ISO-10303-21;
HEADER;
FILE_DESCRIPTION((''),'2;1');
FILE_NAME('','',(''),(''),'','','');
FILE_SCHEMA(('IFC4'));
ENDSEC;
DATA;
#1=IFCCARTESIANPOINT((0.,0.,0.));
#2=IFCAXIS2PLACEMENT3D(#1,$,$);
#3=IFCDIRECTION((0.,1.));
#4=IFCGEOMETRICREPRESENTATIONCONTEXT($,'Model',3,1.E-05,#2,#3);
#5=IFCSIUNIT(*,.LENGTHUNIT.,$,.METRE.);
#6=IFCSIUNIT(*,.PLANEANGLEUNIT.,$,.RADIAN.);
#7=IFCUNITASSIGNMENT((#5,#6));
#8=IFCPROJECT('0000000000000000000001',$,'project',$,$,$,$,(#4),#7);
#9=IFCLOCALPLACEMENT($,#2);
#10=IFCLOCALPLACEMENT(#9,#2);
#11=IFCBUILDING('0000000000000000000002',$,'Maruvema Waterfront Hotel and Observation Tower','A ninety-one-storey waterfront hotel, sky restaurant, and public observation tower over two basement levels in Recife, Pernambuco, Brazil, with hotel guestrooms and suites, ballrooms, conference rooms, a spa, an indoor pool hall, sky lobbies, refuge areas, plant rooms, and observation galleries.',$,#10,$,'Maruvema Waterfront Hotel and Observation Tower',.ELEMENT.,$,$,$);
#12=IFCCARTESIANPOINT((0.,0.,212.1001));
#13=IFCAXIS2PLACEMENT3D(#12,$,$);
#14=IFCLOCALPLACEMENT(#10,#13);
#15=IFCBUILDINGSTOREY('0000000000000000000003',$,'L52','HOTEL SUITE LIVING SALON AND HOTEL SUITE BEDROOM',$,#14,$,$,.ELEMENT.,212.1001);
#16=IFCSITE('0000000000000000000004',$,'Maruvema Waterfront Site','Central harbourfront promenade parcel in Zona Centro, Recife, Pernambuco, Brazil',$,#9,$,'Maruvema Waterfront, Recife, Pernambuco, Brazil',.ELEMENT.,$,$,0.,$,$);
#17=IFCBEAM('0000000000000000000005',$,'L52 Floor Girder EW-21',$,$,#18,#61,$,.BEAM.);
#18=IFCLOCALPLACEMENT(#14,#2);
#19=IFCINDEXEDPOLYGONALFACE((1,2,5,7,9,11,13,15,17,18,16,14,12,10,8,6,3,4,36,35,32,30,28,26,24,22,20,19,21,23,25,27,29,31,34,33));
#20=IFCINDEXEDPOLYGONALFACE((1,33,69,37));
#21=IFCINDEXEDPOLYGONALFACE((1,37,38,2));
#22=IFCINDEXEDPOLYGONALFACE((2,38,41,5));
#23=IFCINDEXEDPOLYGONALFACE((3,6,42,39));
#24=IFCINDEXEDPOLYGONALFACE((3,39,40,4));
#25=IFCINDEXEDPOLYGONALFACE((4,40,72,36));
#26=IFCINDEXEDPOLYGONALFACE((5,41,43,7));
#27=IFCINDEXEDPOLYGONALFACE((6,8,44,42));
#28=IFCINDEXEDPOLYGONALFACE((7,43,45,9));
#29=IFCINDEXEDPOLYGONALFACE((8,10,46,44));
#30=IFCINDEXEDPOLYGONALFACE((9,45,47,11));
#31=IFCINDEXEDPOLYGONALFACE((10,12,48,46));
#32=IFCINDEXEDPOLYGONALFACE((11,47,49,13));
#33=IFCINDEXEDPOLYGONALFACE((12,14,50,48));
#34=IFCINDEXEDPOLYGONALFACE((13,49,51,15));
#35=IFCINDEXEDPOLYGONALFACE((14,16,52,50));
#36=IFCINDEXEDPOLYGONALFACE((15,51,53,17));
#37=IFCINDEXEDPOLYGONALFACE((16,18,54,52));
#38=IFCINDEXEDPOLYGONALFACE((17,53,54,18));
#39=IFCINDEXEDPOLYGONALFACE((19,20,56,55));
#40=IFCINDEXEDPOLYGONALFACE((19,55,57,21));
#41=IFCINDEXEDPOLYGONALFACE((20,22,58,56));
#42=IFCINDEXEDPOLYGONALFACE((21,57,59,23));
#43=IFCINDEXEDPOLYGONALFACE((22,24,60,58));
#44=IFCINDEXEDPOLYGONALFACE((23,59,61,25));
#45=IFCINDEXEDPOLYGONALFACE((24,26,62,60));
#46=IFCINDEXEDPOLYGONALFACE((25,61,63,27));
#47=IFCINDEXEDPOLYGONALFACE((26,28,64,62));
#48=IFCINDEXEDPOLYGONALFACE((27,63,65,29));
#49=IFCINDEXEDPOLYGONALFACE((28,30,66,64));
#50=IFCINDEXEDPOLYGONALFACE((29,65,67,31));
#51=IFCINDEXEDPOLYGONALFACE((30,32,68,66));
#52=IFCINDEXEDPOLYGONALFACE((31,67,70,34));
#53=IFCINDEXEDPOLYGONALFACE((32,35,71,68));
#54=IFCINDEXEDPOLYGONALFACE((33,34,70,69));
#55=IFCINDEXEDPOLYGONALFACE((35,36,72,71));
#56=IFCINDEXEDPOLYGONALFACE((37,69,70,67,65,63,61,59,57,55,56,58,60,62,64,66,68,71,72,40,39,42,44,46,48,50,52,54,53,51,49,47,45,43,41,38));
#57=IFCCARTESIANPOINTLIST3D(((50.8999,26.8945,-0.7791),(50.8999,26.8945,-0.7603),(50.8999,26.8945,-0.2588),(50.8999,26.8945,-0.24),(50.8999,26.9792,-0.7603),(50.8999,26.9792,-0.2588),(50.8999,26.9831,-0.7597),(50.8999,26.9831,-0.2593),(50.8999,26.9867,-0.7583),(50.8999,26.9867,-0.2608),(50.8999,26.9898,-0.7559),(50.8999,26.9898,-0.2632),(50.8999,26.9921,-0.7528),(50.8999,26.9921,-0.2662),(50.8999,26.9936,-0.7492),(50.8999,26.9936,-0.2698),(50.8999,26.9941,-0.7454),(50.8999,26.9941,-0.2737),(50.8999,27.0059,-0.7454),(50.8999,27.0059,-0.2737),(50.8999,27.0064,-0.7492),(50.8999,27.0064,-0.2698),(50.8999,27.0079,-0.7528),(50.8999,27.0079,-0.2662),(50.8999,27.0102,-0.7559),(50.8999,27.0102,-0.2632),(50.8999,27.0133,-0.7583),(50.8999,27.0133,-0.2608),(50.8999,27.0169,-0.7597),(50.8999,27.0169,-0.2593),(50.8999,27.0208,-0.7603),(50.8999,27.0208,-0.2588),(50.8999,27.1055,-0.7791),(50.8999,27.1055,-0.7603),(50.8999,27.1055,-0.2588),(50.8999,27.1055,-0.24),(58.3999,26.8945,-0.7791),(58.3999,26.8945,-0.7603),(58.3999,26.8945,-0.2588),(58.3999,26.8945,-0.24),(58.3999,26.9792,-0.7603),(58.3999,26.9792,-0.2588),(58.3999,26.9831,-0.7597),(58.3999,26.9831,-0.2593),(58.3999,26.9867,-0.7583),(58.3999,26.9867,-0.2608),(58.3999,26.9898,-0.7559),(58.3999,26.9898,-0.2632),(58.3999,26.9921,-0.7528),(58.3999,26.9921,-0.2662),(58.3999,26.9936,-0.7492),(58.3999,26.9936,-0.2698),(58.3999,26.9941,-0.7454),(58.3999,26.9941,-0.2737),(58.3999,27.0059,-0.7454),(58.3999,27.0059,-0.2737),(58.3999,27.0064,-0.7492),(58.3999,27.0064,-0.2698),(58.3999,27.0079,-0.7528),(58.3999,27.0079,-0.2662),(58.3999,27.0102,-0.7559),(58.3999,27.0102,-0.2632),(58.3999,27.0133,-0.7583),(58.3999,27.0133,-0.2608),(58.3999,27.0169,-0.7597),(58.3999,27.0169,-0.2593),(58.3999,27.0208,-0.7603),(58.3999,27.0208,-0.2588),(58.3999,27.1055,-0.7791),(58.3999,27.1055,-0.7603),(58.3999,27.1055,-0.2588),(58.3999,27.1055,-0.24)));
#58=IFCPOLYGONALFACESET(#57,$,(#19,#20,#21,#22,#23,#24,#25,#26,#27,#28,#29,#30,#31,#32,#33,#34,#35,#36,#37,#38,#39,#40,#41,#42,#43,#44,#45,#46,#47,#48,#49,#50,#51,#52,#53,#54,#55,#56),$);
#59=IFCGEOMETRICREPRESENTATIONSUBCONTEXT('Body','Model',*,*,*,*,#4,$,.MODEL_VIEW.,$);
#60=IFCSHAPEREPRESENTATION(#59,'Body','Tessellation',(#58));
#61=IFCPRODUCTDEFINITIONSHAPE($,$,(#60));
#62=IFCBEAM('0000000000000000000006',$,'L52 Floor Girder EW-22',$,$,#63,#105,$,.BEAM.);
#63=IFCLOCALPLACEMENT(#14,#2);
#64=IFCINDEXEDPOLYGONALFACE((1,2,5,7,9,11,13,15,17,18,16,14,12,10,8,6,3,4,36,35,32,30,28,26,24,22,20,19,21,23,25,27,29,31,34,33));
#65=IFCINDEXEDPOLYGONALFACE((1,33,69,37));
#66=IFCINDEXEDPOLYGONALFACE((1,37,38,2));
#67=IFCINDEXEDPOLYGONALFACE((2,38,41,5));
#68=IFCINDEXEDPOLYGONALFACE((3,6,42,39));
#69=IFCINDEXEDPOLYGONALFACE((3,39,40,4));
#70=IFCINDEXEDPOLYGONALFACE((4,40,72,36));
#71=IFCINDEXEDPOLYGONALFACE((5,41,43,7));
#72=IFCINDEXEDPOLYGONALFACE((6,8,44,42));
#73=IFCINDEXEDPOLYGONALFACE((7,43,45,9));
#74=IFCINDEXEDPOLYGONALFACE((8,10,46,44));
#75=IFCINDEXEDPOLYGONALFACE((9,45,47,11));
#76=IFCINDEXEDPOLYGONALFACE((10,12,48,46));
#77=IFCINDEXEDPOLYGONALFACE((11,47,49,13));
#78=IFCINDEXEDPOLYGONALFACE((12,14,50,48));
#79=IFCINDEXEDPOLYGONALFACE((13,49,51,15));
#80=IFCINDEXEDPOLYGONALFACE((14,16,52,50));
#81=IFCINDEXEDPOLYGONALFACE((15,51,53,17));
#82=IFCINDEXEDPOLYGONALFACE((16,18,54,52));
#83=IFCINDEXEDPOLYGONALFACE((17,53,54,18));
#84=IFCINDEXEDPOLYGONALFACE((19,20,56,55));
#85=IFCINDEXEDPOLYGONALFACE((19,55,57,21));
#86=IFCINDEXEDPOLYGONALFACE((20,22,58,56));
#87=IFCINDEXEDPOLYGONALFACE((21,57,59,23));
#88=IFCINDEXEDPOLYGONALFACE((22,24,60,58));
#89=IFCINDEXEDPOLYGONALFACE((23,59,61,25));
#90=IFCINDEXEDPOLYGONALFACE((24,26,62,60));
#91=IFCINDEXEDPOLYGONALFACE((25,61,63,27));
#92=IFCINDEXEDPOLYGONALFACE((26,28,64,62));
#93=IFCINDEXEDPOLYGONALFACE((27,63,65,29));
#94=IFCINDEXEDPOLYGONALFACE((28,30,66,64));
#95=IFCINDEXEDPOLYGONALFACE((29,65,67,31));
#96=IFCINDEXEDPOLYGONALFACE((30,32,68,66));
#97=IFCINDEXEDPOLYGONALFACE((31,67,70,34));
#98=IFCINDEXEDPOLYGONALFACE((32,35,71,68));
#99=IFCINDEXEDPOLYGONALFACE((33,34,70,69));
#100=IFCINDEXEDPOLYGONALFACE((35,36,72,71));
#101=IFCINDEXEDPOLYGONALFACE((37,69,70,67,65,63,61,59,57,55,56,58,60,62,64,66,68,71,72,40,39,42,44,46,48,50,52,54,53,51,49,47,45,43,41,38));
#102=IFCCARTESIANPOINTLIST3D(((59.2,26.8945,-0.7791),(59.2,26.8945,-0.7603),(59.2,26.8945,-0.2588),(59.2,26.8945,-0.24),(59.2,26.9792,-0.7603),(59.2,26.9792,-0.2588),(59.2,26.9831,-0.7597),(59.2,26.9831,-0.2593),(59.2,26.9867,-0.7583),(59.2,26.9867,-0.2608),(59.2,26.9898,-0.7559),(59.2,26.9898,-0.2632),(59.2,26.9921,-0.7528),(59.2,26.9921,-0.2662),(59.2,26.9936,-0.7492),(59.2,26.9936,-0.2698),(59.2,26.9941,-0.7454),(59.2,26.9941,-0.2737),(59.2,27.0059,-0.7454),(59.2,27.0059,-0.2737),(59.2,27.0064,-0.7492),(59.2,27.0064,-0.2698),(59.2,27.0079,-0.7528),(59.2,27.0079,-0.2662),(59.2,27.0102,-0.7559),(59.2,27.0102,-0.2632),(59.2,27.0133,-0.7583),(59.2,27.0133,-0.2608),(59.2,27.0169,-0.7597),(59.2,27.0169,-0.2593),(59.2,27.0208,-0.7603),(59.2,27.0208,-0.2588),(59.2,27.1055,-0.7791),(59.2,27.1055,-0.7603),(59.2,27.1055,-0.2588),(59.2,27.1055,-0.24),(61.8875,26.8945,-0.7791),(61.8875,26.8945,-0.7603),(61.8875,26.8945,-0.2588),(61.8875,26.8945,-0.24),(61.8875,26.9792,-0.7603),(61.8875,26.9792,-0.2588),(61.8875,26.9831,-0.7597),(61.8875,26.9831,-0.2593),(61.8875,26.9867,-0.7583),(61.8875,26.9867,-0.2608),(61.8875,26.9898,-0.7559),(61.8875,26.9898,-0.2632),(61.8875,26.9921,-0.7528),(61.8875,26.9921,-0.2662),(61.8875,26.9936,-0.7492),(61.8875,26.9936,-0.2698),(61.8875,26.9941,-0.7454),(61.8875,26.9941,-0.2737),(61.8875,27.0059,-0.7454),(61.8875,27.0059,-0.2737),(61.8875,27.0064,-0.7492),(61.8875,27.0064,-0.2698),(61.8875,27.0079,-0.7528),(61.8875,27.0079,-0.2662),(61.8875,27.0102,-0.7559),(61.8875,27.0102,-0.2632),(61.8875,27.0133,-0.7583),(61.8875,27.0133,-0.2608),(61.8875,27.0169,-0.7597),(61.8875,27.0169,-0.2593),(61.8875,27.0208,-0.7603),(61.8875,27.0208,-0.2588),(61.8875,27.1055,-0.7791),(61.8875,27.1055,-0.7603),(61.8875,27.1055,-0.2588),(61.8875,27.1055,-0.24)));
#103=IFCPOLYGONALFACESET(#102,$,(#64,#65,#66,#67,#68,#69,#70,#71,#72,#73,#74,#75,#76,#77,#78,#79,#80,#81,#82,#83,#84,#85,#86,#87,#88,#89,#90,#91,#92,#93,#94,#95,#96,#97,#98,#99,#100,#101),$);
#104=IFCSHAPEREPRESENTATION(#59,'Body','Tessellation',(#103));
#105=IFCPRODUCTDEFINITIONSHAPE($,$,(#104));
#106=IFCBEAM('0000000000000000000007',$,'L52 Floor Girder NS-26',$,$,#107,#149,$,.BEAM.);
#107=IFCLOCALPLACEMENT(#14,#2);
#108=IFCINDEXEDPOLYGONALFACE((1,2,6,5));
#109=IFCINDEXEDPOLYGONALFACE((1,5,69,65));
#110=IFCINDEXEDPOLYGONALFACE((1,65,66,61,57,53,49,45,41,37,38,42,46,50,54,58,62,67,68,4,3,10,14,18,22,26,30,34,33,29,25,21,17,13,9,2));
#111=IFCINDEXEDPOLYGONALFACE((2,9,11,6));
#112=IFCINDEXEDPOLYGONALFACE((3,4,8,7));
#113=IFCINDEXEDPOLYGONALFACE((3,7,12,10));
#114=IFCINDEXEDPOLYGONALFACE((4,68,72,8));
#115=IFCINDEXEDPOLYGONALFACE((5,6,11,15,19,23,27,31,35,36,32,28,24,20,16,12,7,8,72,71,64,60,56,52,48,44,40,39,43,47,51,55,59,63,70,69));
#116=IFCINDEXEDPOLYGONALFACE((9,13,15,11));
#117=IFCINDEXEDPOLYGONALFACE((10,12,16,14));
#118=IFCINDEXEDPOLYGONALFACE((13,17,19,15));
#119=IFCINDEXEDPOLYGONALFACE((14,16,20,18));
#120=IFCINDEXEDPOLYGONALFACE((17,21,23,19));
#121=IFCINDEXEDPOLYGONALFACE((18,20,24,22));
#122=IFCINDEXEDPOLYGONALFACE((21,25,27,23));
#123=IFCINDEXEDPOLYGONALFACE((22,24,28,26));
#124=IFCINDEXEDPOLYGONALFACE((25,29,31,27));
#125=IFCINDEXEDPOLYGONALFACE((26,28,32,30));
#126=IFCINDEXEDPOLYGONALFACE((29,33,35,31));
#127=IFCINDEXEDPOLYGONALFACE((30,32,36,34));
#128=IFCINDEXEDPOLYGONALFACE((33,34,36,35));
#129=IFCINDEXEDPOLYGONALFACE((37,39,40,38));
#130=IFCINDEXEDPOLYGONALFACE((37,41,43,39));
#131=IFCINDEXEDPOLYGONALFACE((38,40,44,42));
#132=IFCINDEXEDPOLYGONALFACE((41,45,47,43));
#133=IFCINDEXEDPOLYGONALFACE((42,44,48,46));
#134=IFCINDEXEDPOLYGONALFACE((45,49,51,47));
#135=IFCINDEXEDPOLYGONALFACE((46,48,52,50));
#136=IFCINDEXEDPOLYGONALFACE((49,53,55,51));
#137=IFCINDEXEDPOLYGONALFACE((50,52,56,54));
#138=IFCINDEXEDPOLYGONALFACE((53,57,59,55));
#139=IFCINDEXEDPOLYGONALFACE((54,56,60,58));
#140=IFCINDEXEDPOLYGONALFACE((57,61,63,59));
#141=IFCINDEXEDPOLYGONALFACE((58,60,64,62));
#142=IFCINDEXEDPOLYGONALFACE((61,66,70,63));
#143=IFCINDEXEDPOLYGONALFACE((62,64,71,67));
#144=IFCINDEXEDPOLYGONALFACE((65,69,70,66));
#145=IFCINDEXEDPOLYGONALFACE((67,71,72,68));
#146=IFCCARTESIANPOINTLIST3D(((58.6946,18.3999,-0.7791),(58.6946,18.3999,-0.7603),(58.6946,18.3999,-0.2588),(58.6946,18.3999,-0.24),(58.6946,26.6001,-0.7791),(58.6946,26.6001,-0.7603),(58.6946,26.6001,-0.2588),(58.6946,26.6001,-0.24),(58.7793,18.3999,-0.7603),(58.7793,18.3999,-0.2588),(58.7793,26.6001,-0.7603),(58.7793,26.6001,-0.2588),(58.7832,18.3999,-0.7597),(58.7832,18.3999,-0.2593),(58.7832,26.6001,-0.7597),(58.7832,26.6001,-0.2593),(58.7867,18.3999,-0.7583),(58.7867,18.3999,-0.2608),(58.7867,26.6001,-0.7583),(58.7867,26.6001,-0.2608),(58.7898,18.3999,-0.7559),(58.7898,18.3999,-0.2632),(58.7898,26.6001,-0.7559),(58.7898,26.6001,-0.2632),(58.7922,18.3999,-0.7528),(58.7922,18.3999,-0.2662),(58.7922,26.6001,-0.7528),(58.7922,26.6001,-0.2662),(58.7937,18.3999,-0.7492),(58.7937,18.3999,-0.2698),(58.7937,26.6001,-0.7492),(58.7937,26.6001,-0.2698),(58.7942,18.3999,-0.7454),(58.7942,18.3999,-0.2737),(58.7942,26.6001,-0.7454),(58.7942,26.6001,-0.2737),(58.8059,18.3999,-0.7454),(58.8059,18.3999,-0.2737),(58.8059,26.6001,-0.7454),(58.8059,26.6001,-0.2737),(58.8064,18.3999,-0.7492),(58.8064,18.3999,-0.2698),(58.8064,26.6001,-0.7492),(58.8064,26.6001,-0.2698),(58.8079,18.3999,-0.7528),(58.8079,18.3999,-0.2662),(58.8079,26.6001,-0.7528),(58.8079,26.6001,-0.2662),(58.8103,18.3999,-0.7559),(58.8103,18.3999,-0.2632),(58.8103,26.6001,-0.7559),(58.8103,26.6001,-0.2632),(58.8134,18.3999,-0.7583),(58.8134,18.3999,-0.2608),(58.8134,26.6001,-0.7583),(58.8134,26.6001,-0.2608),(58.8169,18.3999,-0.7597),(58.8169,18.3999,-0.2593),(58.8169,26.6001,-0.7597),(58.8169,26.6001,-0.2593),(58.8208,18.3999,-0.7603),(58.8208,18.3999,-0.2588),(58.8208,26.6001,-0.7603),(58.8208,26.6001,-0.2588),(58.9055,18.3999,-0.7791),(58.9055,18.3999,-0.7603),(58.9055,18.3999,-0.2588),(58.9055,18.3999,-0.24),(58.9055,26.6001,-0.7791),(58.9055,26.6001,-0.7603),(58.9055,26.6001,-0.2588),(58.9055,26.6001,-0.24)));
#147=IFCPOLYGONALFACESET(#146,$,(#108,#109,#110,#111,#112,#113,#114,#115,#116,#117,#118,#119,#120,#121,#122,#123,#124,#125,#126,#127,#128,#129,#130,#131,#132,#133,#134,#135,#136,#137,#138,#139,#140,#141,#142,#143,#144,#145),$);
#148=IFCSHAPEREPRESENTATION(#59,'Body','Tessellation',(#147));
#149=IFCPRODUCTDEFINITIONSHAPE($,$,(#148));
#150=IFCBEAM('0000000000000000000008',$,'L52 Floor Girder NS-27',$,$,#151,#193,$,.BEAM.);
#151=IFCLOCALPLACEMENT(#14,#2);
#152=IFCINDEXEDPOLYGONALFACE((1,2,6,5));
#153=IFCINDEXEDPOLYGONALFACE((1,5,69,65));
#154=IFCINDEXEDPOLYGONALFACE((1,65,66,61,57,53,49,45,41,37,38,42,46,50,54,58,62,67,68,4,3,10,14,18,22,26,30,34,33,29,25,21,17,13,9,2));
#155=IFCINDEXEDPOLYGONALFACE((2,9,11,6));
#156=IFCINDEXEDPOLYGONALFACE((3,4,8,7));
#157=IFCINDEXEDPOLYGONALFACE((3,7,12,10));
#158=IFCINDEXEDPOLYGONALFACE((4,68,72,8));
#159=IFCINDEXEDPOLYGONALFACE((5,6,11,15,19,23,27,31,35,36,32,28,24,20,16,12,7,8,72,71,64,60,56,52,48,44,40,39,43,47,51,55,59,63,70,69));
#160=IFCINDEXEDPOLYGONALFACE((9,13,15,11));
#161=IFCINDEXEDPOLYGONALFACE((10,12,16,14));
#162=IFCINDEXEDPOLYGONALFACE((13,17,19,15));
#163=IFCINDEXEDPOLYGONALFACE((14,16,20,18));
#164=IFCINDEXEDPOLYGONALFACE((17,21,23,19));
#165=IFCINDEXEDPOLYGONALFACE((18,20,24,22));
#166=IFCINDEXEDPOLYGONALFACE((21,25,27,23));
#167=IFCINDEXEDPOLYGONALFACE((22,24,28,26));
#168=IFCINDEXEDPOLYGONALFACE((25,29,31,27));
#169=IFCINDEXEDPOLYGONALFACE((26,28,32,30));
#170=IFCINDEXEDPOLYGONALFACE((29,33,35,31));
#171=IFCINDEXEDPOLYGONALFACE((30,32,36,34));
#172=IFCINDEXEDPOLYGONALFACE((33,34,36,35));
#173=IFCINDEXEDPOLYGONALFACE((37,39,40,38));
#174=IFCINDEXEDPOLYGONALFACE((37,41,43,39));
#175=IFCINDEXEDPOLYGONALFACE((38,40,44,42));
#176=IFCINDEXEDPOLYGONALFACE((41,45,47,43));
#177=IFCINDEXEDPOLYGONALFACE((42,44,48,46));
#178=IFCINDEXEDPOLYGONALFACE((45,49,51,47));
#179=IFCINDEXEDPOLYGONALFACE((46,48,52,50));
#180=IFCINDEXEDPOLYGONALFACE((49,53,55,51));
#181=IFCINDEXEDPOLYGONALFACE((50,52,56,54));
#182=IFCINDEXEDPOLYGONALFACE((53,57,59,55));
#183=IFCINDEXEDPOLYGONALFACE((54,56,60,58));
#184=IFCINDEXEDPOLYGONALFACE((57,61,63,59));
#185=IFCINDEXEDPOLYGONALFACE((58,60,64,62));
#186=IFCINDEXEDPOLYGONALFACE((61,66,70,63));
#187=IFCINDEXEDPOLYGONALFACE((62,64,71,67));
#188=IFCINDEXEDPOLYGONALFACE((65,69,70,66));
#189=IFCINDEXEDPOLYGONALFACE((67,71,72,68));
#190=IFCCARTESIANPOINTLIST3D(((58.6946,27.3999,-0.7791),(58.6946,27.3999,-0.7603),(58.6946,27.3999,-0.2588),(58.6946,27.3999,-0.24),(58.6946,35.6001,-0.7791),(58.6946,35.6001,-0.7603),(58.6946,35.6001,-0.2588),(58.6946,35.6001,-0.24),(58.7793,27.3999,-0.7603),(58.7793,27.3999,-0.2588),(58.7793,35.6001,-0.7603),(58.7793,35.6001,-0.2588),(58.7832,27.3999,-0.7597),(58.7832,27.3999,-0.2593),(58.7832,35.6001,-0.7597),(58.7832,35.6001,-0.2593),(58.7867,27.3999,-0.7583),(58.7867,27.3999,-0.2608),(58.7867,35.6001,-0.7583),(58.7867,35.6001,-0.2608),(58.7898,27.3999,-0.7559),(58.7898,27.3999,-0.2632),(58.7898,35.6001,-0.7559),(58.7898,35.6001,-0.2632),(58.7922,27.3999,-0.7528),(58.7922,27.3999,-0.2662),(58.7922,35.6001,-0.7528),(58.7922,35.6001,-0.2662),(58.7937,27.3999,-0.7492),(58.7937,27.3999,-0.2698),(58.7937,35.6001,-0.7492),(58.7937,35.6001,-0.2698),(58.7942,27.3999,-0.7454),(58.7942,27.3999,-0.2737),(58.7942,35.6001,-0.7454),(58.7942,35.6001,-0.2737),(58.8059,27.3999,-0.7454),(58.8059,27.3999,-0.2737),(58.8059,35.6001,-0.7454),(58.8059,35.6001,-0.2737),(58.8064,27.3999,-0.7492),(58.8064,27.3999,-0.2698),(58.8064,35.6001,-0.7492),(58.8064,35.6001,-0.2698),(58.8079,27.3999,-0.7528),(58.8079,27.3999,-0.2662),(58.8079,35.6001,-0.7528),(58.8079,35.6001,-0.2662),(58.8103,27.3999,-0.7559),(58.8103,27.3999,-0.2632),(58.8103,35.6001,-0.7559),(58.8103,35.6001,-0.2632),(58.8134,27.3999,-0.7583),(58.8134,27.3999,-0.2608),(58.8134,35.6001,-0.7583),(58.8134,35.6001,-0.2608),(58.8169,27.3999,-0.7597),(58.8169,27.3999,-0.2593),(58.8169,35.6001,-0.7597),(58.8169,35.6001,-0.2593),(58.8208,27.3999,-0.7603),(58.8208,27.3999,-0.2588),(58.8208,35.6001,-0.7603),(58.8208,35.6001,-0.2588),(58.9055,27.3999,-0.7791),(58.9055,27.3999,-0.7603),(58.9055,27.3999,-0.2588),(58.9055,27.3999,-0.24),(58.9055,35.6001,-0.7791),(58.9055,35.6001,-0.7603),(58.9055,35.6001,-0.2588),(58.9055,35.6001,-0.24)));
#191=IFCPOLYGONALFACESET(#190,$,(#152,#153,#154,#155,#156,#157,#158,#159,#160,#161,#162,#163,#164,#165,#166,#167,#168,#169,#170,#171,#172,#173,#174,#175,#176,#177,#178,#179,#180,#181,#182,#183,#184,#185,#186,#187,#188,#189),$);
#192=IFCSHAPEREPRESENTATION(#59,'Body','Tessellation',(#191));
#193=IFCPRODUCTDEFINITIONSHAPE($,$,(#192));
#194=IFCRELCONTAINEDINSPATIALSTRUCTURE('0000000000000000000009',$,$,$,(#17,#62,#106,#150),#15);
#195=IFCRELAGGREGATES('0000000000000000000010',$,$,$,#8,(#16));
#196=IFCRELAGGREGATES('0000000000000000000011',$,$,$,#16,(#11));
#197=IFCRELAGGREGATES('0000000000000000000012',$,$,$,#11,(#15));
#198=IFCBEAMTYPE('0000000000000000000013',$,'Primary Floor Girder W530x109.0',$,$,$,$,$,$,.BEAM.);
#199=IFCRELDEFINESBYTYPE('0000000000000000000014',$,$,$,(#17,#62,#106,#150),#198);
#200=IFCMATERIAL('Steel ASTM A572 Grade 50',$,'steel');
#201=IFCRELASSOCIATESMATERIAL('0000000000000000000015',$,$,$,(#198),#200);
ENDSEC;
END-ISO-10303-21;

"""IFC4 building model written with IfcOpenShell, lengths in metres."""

from ifc_helpers import new_model, si_unit, direction, frame, origin, origin_2d, place, context, subcontext, project, spatial, i_section, extrude, material, material_profile, profile_set, type_object, element, save


model = new_model("IFC4")

# Units and contexts
model_context = context("Model", 3, precision=1e-05, world=origin(), true_north=direction((0.0, 1.0)))
body_context = subcontext(model_context, "Body", "Model", "MODEL_VIEW")
ifc_project = project(units=[si_unit("LENGTHUNIT", "METRE"), si_unit("PLANEANGLEUNIT", "RADIAN")], contexts=[model_context])

# Site, building, storey
site_placement = place(None, origin())
site = spatial("IfcSite", under=ifc_project, at=site_placement, Name="Maruvema Waterfront Site", Description="Central harbourfront promenade parcel in Zona Centro, Recife, Pernambuco, Brazil", LongName="Maruvema Waterfront, Recife, Pernambuco, Brazil", CompositionType="ELEMENT", RefElevation=0.0)
building_placement = place(site_placement, origin())
building = spatial("IfcBuilding", under=site, at=building_placement, Name="Maruvema Waterfront Hotel and Observation Tower", Description="A ninety-one-storey waterfront hotel, sky restaurant, and public observation tower over two basement levels in Recife, Pernambuco, Brazil, with hotel guestrooms and suites, ballrooms, conference rooms, a spa, an indoor pool hall, sky lobbies, refuge areas, plant rooms, and observation galleries.", LongName="Maruvema Waterfront Hotel and Observation Tower", CompositionType="ELEMENT")
storey_placement = place(building_placement, frame((0.0, 0.0, 212.1001)))
storey = spatial("IfcBuildingStorey", under=building, at=storey_placement, Name="L52", Description="HOTEL SUITE LIVING SALON AND HOTEL SUITE BEDROOM", CompositionType="ELEMENT", Elevation=212.1001)

# Beams
ifc_material_1 = material(Name="Steel ASTM A572 Grade 50", Category="steel")
ifc_material_profile_1 = material_profile(ifc_material_1, i_section(OverallWidth=0.2109, OverallDepth=0.5391, WebThickness=0.0117, FlangeThickness=0.0188, FilletRadius=0.0149, at=origin_2d()), Name="W530x109.0")
ifc_profile_set_1 = profile_set([ifc_material_profile_1], Name="Steel ASTM A572 Grade 50")
beam_type_1 = type_object("IfcBeamType", Name="Primary Floor Girder W530x109.0", PredefinedType="BEAM", material=ifc_profile_set_1)
beam_1_placement = place(storey_placement, frame((50.8999, 27.0, -0.5095), z_axis=(1.0, 0.0, 0.0), x_axis=(0.0, 1.0, 0.0)))
element("IfcBeam", 1, at=beam_1_placement, inside=storey, type_object=beam_type_1, Name="L52 Floor Girder EW-21", PredefinedType="BEAM", context=body_context, shape_type="SweptSolid", body=[
    extrude(i_section(OverallWidth=0.2109, OverallDepth=0.5391, WebThickness=0.0117, FlangeThickness=0.0188, FilletRadius=0.0149, at=origin_2d()), origin(), (0.0, 0.0, 1.0), 7.5),
])
beam_2_placement = place(storey_placement, frame((59.2, 27.0, -0.5095), z_axis=(1.0, 0.0, 0.0), x_axis=(0.0, 1.0, 0.0)))
element("IfcBeam", 2, at=beam_2_placement, inside=storey, type_object=beam_type_1, Name="L52 Floor Girder EW-22", PredefinedType="BEAM", context=body_context, shape_type="SweptSolid", body=[
    extrude(i_section(OverallWidth=0.2109, OverallDepth=0.5391, WebThickness=0.0117, FlangeThickness=0.0188, FilletRadius=0.0149, at=origin_2d()), origin(), (0.0, 0.0, 1.0), 2.6875),
])
for number, where, z_axis, x_axis, name in (
    (3, (58.8, 18.3999, -0.5095), (0.0, 1.0, 0.0), (-1.0, 0.0, 0.0), "L52 Floor Girder NS-26"),
    (4, (58.8, 27.3999, -0.5095), (0.0, 1.0, 0.0), (-1.0, 0.0, 0.0), "L52 Floor Girder NS-27"),
):
    element("IfcBeam", number, at=place(storey_placement, frame(where, z_axis=z_axis, x_axis=x_axis)), inside=storey, type_object=beam_type_1, Name=name, PredefinedType="BEAM", context=body_context, shape_type="SweptSolid", body=[
        extrude(i_section(OverallWidth=0.2109, OverallDepth=0.5391, WebThickness=0.0117, FlangeThickness=0.0188, FilletRadius=0.0149, at=origin_2d()), origin(), (0.0, 0.0, 1.0), 8.2002),
    ])

save(model, "model.ifc")
